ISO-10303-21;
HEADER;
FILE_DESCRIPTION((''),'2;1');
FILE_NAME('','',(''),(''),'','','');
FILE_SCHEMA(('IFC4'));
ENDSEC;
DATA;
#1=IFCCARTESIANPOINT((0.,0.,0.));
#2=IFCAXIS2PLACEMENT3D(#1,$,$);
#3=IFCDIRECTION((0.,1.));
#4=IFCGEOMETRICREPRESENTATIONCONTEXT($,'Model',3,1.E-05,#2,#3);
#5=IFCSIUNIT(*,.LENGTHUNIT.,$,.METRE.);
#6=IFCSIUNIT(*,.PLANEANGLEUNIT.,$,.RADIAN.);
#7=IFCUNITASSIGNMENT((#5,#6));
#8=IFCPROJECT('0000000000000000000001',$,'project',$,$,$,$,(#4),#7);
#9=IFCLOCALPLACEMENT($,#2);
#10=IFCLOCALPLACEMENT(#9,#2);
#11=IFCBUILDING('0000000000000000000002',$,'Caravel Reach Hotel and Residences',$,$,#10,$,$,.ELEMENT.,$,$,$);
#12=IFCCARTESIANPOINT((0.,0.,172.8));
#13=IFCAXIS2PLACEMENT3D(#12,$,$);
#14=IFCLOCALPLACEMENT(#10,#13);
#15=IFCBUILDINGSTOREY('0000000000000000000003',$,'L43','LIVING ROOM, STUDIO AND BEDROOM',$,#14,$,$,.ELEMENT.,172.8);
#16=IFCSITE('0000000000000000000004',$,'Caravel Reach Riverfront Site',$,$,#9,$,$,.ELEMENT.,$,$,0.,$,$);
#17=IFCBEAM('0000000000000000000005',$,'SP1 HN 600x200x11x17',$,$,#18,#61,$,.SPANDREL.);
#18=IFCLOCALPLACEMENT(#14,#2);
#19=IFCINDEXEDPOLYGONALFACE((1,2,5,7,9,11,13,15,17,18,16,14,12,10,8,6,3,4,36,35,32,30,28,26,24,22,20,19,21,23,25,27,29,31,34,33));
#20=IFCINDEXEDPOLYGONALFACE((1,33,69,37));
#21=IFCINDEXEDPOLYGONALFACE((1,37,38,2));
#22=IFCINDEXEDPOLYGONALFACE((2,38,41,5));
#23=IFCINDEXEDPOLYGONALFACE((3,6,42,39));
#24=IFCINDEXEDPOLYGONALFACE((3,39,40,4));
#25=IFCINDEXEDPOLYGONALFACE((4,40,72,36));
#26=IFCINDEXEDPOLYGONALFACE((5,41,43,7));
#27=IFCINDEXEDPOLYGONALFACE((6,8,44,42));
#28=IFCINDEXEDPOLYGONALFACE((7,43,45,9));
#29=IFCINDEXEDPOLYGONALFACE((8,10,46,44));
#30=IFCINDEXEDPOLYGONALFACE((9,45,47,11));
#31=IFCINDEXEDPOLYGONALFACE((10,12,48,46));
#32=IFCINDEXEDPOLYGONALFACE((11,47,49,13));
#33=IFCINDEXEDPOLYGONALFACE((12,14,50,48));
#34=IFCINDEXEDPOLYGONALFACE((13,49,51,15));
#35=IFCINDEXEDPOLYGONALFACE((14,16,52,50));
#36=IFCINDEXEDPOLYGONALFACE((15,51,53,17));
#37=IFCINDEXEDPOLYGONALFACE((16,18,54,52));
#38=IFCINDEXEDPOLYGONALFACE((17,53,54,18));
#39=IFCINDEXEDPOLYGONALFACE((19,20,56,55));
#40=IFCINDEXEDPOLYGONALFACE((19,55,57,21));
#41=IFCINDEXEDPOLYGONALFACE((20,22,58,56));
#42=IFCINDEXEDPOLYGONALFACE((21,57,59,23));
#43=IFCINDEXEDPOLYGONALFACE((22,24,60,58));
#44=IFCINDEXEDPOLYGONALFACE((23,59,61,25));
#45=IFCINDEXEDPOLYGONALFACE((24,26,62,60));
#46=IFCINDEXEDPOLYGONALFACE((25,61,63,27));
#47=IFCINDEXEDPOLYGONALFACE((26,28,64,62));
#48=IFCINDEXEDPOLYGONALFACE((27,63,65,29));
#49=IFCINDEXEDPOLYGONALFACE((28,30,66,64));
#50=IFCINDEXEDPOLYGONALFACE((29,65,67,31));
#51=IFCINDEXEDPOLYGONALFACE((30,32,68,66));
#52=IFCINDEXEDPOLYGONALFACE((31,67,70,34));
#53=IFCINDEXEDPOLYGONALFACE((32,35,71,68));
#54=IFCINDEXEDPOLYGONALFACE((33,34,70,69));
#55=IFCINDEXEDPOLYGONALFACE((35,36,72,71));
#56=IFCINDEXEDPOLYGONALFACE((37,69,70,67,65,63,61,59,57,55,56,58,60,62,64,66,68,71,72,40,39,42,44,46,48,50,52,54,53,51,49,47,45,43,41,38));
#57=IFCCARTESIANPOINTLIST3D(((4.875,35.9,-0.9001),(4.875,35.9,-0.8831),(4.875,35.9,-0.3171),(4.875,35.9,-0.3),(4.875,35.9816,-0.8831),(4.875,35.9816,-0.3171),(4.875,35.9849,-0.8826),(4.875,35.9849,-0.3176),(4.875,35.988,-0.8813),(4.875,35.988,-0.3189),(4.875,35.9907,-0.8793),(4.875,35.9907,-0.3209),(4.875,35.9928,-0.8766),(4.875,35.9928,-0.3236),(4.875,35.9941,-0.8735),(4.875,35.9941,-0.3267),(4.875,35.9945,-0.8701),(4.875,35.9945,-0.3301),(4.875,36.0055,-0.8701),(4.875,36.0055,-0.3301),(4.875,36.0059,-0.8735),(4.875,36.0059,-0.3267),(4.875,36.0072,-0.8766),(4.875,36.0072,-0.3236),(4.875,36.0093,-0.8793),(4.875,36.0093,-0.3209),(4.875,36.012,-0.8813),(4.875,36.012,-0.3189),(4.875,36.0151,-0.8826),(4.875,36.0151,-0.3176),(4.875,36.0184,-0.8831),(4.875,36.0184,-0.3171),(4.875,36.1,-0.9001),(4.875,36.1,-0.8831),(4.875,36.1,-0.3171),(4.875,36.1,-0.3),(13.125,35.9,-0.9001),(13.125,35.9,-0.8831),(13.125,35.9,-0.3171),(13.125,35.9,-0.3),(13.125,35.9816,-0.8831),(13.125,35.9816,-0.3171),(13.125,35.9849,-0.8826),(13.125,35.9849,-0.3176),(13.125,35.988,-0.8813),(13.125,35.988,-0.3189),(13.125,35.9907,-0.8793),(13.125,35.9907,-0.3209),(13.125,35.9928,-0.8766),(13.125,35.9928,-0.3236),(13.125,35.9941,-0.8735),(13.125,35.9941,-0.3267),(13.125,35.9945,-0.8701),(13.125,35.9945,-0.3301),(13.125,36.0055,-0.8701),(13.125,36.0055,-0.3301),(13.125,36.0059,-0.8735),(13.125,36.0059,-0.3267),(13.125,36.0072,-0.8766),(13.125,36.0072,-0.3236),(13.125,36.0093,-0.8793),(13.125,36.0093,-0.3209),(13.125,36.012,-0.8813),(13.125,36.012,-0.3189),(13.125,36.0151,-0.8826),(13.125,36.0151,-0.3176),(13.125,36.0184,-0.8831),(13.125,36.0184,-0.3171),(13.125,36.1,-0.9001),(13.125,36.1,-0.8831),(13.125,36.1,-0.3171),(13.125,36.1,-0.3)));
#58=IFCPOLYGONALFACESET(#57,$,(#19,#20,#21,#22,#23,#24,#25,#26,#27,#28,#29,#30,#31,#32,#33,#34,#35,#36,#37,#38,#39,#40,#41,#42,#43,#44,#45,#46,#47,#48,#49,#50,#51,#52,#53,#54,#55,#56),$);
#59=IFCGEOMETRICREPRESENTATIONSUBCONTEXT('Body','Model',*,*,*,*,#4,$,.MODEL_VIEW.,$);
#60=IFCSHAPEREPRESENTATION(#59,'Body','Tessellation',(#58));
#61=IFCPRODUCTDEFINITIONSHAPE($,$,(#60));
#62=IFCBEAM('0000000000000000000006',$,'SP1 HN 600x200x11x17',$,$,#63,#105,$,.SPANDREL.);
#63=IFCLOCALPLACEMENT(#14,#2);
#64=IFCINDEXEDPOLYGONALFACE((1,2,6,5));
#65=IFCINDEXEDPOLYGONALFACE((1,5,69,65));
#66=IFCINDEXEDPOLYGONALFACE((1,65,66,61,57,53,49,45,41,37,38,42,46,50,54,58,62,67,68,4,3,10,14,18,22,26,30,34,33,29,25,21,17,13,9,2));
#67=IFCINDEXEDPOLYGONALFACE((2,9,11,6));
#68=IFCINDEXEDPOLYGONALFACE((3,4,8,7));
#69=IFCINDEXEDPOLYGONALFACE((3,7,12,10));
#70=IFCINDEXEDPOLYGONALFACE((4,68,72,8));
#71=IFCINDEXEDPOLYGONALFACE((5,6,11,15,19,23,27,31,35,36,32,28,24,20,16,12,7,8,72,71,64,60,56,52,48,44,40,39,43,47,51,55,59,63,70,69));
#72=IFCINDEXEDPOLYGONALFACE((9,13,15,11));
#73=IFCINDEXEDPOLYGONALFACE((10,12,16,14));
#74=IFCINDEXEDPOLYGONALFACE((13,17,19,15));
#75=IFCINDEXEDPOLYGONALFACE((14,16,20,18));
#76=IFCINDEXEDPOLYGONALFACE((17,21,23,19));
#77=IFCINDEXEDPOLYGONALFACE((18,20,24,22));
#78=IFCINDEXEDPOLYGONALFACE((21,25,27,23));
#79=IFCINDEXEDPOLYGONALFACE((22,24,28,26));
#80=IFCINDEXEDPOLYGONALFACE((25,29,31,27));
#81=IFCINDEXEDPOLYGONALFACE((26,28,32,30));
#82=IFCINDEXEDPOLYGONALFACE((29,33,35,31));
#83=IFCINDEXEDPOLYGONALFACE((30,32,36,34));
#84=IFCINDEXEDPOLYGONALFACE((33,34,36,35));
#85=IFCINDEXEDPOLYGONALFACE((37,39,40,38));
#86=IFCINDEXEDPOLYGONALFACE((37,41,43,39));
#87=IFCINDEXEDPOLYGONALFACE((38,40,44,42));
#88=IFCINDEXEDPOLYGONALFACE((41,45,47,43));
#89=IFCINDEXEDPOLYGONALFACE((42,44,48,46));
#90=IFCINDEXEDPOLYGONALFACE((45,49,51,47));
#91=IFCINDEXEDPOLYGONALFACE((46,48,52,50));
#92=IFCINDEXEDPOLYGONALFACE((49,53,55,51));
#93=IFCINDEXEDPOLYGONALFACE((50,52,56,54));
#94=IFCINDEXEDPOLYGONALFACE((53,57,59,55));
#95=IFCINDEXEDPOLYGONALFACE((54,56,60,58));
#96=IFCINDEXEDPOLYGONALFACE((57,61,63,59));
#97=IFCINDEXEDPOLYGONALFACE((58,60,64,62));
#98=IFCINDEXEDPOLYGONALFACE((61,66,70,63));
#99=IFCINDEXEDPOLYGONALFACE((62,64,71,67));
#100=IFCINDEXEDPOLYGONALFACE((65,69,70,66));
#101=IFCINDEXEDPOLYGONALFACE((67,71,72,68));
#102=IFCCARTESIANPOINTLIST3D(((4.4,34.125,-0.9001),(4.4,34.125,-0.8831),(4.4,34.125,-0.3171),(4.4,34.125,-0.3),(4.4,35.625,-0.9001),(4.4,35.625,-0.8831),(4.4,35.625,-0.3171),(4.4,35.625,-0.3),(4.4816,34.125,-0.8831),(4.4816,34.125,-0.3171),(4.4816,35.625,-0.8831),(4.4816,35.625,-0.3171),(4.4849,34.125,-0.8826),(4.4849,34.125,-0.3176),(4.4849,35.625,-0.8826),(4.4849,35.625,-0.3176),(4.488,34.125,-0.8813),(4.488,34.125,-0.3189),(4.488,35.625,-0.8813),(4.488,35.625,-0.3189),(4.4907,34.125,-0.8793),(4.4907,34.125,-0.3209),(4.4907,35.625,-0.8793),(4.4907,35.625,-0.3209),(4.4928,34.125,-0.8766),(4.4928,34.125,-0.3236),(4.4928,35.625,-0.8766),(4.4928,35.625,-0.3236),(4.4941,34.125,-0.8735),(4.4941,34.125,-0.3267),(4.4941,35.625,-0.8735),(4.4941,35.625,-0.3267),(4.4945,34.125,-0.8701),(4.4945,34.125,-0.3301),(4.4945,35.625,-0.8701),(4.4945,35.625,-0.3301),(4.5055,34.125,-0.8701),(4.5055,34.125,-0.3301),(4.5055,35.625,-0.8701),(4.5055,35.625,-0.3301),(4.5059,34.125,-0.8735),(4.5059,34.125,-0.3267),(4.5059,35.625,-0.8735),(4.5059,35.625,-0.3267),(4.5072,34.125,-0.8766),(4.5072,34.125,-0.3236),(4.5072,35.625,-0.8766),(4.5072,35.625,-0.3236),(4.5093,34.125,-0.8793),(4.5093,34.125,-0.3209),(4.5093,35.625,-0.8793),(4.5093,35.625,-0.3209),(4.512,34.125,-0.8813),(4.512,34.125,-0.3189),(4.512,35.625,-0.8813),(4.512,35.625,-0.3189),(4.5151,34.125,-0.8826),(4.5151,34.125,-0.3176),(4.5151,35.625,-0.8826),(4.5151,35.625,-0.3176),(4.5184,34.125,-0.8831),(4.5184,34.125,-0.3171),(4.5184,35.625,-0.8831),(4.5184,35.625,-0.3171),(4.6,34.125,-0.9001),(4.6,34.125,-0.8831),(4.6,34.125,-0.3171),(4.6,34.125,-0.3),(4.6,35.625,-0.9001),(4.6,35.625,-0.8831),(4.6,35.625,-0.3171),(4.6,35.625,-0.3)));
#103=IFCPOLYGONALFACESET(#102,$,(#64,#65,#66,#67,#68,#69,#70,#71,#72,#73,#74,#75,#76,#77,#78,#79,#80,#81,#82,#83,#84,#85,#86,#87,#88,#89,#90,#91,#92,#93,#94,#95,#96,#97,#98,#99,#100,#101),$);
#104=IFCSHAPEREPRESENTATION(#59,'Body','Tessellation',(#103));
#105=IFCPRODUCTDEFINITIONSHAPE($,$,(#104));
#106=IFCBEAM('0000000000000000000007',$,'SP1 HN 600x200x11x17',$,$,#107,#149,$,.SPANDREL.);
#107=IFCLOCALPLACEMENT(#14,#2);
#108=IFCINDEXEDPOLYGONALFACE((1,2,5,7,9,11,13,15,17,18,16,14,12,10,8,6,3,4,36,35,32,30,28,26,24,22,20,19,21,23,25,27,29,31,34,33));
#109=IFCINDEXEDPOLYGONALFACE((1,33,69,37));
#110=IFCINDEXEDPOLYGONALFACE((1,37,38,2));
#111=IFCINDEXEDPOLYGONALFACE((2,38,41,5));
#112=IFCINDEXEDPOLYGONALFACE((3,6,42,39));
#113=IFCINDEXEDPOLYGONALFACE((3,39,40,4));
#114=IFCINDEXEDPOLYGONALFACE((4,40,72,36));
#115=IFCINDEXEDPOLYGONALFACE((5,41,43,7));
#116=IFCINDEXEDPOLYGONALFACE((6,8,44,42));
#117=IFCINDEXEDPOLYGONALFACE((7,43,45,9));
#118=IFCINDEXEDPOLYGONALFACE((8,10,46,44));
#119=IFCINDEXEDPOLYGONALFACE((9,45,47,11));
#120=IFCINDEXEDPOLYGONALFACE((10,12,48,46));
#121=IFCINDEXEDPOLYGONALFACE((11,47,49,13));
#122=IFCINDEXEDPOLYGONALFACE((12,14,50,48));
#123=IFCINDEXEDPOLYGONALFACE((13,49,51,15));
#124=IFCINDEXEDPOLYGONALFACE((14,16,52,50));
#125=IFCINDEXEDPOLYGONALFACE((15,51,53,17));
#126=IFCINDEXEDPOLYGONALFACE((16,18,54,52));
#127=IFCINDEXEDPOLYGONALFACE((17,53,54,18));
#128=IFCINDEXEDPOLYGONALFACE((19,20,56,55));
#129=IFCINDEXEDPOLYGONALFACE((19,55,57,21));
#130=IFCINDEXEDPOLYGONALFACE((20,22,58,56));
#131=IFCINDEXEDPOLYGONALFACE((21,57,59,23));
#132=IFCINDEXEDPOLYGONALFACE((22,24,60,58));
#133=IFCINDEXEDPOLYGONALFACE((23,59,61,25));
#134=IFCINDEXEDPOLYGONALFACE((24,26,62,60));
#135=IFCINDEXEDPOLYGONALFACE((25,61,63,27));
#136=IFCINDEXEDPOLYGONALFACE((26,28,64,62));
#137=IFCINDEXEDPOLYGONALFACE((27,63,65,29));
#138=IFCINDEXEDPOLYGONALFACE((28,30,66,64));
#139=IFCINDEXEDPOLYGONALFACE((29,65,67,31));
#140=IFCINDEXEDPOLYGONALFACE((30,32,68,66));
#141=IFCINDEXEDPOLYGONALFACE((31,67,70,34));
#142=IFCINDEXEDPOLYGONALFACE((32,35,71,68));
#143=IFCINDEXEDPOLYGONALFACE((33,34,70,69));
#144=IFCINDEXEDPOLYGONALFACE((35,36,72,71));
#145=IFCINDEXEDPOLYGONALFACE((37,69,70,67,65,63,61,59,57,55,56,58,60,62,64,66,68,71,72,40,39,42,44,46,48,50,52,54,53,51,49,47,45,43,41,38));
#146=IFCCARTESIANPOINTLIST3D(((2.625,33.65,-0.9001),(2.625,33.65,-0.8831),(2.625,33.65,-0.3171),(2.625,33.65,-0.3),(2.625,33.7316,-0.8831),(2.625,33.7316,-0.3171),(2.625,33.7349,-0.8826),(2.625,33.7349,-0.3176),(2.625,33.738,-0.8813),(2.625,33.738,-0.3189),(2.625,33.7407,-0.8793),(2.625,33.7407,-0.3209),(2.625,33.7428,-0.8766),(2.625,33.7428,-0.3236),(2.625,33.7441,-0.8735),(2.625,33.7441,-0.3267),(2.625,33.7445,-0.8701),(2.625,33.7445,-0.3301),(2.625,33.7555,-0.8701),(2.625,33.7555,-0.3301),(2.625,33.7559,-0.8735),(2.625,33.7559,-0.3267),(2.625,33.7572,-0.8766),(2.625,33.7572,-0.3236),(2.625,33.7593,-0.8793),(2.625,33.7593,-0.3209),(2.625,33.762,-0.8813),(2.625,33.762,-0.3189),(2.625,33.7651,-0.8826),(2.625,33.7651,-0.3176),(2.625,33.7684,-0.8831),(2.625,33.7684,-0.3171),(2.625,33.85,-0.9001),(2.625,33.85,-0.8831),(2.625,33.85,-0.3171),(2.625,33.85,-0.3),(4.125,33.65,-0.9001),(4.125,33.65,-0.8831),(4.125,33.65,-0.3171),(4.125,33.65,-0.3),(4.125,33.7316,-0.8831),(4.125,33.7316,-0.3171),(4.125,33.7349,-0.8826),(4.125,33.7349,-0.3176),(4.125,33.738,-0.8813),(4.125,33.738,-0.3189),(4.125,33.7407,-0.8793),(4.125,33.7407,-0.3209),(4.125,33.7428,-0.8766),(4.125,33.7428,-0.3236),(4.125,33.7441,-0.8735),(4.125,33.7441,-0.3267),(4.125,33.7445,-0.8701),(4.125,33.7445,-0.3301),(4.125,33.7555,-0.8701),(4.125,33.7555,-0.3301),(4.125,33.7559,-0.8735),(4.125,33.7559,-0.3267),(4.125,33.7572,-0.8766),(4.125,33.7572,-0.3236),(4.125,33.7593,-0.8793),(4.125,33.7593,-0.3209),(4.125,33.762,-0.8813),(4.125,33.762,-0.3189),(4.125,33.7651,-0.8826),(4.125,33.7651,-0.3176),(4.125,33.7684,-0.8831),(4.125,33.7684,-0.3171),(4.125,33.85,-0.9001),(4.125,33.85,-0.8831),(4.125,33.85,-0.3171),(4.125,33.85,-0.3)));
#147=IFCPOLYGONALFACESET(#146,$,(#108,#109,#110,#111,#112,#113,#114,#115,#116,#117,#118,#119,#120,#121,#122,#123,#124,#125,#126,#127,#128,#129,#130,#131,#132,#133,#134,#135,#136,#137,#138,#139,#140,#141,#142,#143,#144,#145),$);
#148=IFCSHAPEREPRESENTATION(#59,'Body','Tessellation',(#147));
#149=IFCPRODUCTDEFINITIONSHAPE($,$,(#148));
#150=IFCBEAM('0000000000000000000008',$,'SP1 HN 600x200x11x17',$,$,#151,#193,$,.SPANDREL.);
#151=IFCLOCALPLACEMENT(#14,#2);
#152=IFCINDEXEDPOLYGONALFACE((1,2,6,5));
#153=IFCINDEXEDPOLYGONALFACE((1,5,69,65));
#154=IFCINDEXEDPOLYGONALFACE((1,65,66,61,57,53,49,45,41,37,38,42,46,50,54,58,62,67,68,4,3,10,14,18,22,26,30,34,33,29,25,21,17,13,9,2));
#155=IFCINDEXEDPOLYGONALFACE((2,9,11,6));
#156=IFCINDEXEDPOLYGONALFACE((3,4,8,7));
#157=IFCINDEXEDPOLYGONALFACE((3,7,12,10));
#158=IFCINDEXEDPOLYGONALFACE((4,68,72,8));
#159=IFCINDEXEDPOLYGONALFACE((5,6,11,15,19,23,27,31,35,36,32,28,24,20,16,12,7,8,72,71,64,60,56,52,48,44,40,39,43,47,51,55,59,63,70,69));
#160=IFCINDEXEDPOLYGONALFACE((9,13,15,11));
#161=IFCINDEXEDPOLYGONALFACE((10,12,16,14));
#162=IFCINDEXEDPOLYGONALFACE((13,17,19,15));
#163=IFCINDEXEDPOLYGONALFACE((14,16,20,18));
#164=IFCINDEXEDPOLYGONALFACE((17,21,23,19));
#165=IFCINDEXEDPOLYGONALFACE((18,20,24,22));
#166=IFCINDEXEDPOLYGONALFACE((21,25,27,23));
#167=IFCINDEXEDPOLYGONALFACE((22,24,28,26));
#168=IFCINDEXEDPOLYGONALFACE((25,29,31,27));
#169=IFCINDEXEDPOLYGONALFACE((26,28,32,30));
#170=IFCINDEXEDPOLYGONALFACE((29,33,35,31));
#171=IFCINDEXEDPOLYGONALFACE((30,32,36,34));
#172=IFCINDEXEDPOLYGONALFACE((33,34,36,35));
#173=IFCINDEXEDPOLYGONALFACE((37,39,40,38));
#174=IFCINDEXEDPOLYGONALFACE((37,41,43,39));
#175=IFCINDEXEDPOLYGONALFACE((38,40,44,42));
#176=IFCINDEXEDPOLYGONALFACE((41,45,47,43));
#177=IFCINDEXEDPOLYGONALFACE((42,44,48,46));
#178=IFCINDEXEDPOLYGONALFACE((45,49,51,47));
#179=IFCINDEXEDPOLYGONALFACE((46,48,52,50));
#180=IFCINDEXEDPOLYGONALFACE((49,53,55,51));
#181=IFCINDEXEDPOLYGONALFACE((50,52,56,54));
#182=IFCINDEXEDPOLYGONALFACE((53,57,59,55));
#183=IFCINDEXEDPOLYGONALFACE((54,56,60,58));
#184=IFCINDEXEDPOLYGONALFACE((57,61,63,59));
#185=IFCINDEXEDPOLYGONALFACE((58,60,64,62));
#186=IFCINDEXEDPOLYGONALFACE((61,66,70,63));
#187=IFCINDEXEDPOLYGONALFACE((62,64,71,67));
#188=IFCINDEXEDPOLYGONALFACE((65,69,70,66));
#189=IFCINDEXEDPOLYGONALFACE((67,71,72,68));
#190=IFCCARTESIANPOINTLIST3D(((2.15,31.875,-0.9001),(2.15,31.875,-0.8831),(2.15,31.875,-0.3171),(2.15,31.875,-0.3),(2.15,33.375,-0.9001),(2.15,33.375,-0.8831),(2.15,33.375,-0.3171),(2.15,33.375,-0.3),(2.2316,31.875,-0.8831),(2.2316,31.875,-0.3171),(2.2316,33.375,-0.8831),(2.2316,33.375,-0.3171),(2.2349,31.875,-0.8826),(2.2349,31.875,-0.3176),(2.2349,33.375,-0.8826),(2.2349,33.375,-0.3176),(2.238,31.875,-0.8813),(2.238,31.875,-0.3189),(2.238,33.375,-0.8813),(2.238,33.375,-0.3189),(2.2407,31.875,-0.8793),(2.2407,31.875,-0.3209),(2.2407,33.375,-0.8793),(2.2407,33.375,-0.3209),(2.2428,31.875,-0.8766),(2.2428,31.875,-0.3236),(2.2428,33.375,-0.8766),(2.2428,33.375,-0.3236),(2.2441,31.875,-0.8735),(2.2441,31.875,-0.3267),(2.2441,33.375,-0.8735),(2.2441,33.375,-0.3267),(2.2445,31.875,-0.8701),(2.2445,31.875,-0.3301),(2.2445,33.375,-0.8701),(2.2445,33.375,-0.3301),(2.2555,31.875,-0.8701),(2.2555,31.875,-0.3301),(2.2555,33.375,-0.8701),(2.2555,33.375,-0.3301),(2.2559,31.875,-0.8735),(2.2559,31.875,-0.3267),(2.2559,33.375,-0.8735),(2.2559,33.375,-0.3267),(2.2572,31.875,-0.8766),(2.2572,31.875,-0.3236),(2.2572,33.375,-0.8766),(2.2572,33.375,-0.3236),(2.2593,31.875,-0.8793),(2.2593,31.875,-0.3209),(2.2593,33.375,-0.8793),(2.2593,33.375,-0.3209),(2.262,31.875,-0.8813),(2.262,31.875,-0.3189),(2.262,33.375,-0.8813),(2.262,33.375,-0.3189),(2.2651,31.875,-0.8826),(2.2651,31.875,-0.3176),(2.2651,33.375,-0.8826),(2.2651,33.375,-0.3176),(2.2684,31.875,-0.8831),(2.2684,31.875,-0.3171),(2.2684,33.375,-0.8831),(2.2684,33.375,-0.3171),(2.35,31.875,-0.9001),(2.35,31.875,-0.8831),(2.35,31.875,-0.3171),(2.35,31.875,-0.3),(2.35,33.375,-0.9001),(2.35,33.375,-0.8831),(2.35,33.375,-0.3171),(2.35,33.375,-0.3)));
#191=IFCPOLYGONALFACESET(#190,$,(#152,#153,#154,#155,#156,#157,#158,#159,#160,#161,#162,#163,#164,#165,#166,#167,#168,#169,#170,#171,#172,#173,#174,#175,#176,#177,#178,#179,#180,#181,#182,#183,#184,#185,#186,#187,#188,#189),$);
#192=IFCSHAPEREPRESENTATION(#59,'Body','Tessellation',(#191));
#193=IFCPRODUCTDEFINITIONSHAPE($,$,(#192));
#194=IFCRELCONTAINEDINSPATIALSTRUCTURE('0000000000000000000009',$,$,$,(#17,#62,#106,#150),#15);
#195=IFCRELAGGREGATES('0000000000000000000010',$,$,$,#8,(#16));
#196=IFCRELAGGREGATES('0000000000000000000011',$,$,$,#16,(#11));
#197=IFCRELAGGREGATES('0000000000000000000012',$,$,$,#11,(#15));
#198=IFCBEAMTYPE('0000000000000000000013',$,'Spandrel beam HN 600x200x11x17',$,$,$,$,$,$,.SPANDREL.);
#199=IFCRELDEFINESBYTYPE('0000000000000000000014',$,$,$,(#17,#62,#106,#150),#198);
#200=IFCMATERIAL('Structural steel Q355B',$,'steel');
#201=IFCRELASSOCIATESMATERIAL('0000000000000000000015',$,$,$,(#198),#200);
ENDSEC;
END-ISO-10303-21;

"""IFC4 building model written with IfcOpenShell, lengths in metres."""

from ifc_helpers import new_model, si_unit, direction, frame, origin, origin_2d, place, context, subcontext, project, spatial, i_section, extrude, material, material_profile, profile_set, type_object, element, save


model = new_model("IFC4")

# Units and contexts
model_context = context("Model", 3, precision=1e-05, world=origin(), true_north=direction((0.0, 1.0)))
body_context = subcontext(model_context, "Body", "Model", "MODEL_VIEW")
ifc_project = project(units=[si_unit("LENGTHUNIT", "METRE"), si_unit("PLANEANGLEUNIT", "RADIAN")], contexts=[model_context])

# Site, building, storey
site_placement = place(None, origin())
site = spatial("IfcSite", under=ifc_project, at=site_placement, Name="Caravel Reach Riverfront Site", CompositionType="ELEMENT", RefElevation=0.0)
building_placement = place(site_placement, origin())
building = spatial("IfcBuilding", under=site, at=building_placement, Name="Caravel Reach Hotel and Residences", CompositionType="ELEMENT")
storey_placement = place(building_placement, frame((0.0, 0.0, 172.8)))
storey = spatial("IfcBuildingStorey", under=building, at=storey_placement, Name="L43", Description="LIVING ROOM, STUDIO AND BEDROOM", CompositionType="ELEMENT", Elevation=172.8)

# Beams
ifc_material_1 = material(Name="Structural steel Q355B", Category="steel")
ifc_material_profile_1 = material_profile(ifc_material_1, i_section(OverallWidth=0.2, OverallDepth=0.6001, WebThickness=0.011, FlangeThickness=0.0171, FilletRadius=0.0129, at=origin_2d()), Name="HN 600x200x11x17")
ifc_profile_set_1 = profile_set([ifc_material_profile_1], Name="Structural steel Q355B")
beam_type_1 = type_object("IfcBeamType", Name="Spandrel beam HN 600x200x11x17", PredefinedType="SPANDREL", material=ifc_profile_set_1)
beam_1_placement = place(storey_placement, frame((13.125, 36.0, -0.6001), z_axis=(-1.0, 0.0, 0.0), x_axis=(0.0, -1.0, 0.0)))
element("IfcBeam", 1, at=beam_1_placement, inside=storey, type_object=beam_type_1, Name="SP1 HN 600x200x11x17", PredefinedType="SPANDREL", context=body_context, shape_type="SweptSolid", body=[
    extrude(i_section(OverallWidth=0.2, OverallDepth=0.6001, WebThickness=0.011, FlangeThickness=0.0171, FilletRadius=0.0129, at=origin_2d()), origin(), (0.0, 0.0, 1.0), 8.25),
])
for number, where, z_axis, x_axis, name in (
    (2, (4.5, 35.625, -0.6001), (0.0, -1.0, 0.0), (1.0, 0.0, 0.0), "SP1 HN 600x200x11x17"),
    (3, (4.125, 33.75, -0.6001), (-1.0, 0.0, 0.0), (0.0, -1.0, 0.0), "SP1 HN 600x200x11x17"),
    (4, (2.25, 33.375, -0.6001), (0.0, -1.0, 0.0), (1.0, 0.0, 0.0), "SP1 HN 600x200x11x17"),
):
    element("IfcBeam", number, at=place(storey_placement, frame(where, z_axis=z_axis, x_axis=x_axis)), inside=storey, type_object=beam_type_1, Name=name, PredefinedType="SPANDREL", context=body_context, shape_type="SweptSolid", body=[
        extrude(i_section(OverallWidth=0.2, OverallDepth=0.6001, WebThickness=0.011, FlangeThickness=0.0171, FilletRadius=0.0129, at=origin_2d()), origin(), (0.0, 0.0, 1.0), 1.5),
    ])

save(model, "model.ifc")
